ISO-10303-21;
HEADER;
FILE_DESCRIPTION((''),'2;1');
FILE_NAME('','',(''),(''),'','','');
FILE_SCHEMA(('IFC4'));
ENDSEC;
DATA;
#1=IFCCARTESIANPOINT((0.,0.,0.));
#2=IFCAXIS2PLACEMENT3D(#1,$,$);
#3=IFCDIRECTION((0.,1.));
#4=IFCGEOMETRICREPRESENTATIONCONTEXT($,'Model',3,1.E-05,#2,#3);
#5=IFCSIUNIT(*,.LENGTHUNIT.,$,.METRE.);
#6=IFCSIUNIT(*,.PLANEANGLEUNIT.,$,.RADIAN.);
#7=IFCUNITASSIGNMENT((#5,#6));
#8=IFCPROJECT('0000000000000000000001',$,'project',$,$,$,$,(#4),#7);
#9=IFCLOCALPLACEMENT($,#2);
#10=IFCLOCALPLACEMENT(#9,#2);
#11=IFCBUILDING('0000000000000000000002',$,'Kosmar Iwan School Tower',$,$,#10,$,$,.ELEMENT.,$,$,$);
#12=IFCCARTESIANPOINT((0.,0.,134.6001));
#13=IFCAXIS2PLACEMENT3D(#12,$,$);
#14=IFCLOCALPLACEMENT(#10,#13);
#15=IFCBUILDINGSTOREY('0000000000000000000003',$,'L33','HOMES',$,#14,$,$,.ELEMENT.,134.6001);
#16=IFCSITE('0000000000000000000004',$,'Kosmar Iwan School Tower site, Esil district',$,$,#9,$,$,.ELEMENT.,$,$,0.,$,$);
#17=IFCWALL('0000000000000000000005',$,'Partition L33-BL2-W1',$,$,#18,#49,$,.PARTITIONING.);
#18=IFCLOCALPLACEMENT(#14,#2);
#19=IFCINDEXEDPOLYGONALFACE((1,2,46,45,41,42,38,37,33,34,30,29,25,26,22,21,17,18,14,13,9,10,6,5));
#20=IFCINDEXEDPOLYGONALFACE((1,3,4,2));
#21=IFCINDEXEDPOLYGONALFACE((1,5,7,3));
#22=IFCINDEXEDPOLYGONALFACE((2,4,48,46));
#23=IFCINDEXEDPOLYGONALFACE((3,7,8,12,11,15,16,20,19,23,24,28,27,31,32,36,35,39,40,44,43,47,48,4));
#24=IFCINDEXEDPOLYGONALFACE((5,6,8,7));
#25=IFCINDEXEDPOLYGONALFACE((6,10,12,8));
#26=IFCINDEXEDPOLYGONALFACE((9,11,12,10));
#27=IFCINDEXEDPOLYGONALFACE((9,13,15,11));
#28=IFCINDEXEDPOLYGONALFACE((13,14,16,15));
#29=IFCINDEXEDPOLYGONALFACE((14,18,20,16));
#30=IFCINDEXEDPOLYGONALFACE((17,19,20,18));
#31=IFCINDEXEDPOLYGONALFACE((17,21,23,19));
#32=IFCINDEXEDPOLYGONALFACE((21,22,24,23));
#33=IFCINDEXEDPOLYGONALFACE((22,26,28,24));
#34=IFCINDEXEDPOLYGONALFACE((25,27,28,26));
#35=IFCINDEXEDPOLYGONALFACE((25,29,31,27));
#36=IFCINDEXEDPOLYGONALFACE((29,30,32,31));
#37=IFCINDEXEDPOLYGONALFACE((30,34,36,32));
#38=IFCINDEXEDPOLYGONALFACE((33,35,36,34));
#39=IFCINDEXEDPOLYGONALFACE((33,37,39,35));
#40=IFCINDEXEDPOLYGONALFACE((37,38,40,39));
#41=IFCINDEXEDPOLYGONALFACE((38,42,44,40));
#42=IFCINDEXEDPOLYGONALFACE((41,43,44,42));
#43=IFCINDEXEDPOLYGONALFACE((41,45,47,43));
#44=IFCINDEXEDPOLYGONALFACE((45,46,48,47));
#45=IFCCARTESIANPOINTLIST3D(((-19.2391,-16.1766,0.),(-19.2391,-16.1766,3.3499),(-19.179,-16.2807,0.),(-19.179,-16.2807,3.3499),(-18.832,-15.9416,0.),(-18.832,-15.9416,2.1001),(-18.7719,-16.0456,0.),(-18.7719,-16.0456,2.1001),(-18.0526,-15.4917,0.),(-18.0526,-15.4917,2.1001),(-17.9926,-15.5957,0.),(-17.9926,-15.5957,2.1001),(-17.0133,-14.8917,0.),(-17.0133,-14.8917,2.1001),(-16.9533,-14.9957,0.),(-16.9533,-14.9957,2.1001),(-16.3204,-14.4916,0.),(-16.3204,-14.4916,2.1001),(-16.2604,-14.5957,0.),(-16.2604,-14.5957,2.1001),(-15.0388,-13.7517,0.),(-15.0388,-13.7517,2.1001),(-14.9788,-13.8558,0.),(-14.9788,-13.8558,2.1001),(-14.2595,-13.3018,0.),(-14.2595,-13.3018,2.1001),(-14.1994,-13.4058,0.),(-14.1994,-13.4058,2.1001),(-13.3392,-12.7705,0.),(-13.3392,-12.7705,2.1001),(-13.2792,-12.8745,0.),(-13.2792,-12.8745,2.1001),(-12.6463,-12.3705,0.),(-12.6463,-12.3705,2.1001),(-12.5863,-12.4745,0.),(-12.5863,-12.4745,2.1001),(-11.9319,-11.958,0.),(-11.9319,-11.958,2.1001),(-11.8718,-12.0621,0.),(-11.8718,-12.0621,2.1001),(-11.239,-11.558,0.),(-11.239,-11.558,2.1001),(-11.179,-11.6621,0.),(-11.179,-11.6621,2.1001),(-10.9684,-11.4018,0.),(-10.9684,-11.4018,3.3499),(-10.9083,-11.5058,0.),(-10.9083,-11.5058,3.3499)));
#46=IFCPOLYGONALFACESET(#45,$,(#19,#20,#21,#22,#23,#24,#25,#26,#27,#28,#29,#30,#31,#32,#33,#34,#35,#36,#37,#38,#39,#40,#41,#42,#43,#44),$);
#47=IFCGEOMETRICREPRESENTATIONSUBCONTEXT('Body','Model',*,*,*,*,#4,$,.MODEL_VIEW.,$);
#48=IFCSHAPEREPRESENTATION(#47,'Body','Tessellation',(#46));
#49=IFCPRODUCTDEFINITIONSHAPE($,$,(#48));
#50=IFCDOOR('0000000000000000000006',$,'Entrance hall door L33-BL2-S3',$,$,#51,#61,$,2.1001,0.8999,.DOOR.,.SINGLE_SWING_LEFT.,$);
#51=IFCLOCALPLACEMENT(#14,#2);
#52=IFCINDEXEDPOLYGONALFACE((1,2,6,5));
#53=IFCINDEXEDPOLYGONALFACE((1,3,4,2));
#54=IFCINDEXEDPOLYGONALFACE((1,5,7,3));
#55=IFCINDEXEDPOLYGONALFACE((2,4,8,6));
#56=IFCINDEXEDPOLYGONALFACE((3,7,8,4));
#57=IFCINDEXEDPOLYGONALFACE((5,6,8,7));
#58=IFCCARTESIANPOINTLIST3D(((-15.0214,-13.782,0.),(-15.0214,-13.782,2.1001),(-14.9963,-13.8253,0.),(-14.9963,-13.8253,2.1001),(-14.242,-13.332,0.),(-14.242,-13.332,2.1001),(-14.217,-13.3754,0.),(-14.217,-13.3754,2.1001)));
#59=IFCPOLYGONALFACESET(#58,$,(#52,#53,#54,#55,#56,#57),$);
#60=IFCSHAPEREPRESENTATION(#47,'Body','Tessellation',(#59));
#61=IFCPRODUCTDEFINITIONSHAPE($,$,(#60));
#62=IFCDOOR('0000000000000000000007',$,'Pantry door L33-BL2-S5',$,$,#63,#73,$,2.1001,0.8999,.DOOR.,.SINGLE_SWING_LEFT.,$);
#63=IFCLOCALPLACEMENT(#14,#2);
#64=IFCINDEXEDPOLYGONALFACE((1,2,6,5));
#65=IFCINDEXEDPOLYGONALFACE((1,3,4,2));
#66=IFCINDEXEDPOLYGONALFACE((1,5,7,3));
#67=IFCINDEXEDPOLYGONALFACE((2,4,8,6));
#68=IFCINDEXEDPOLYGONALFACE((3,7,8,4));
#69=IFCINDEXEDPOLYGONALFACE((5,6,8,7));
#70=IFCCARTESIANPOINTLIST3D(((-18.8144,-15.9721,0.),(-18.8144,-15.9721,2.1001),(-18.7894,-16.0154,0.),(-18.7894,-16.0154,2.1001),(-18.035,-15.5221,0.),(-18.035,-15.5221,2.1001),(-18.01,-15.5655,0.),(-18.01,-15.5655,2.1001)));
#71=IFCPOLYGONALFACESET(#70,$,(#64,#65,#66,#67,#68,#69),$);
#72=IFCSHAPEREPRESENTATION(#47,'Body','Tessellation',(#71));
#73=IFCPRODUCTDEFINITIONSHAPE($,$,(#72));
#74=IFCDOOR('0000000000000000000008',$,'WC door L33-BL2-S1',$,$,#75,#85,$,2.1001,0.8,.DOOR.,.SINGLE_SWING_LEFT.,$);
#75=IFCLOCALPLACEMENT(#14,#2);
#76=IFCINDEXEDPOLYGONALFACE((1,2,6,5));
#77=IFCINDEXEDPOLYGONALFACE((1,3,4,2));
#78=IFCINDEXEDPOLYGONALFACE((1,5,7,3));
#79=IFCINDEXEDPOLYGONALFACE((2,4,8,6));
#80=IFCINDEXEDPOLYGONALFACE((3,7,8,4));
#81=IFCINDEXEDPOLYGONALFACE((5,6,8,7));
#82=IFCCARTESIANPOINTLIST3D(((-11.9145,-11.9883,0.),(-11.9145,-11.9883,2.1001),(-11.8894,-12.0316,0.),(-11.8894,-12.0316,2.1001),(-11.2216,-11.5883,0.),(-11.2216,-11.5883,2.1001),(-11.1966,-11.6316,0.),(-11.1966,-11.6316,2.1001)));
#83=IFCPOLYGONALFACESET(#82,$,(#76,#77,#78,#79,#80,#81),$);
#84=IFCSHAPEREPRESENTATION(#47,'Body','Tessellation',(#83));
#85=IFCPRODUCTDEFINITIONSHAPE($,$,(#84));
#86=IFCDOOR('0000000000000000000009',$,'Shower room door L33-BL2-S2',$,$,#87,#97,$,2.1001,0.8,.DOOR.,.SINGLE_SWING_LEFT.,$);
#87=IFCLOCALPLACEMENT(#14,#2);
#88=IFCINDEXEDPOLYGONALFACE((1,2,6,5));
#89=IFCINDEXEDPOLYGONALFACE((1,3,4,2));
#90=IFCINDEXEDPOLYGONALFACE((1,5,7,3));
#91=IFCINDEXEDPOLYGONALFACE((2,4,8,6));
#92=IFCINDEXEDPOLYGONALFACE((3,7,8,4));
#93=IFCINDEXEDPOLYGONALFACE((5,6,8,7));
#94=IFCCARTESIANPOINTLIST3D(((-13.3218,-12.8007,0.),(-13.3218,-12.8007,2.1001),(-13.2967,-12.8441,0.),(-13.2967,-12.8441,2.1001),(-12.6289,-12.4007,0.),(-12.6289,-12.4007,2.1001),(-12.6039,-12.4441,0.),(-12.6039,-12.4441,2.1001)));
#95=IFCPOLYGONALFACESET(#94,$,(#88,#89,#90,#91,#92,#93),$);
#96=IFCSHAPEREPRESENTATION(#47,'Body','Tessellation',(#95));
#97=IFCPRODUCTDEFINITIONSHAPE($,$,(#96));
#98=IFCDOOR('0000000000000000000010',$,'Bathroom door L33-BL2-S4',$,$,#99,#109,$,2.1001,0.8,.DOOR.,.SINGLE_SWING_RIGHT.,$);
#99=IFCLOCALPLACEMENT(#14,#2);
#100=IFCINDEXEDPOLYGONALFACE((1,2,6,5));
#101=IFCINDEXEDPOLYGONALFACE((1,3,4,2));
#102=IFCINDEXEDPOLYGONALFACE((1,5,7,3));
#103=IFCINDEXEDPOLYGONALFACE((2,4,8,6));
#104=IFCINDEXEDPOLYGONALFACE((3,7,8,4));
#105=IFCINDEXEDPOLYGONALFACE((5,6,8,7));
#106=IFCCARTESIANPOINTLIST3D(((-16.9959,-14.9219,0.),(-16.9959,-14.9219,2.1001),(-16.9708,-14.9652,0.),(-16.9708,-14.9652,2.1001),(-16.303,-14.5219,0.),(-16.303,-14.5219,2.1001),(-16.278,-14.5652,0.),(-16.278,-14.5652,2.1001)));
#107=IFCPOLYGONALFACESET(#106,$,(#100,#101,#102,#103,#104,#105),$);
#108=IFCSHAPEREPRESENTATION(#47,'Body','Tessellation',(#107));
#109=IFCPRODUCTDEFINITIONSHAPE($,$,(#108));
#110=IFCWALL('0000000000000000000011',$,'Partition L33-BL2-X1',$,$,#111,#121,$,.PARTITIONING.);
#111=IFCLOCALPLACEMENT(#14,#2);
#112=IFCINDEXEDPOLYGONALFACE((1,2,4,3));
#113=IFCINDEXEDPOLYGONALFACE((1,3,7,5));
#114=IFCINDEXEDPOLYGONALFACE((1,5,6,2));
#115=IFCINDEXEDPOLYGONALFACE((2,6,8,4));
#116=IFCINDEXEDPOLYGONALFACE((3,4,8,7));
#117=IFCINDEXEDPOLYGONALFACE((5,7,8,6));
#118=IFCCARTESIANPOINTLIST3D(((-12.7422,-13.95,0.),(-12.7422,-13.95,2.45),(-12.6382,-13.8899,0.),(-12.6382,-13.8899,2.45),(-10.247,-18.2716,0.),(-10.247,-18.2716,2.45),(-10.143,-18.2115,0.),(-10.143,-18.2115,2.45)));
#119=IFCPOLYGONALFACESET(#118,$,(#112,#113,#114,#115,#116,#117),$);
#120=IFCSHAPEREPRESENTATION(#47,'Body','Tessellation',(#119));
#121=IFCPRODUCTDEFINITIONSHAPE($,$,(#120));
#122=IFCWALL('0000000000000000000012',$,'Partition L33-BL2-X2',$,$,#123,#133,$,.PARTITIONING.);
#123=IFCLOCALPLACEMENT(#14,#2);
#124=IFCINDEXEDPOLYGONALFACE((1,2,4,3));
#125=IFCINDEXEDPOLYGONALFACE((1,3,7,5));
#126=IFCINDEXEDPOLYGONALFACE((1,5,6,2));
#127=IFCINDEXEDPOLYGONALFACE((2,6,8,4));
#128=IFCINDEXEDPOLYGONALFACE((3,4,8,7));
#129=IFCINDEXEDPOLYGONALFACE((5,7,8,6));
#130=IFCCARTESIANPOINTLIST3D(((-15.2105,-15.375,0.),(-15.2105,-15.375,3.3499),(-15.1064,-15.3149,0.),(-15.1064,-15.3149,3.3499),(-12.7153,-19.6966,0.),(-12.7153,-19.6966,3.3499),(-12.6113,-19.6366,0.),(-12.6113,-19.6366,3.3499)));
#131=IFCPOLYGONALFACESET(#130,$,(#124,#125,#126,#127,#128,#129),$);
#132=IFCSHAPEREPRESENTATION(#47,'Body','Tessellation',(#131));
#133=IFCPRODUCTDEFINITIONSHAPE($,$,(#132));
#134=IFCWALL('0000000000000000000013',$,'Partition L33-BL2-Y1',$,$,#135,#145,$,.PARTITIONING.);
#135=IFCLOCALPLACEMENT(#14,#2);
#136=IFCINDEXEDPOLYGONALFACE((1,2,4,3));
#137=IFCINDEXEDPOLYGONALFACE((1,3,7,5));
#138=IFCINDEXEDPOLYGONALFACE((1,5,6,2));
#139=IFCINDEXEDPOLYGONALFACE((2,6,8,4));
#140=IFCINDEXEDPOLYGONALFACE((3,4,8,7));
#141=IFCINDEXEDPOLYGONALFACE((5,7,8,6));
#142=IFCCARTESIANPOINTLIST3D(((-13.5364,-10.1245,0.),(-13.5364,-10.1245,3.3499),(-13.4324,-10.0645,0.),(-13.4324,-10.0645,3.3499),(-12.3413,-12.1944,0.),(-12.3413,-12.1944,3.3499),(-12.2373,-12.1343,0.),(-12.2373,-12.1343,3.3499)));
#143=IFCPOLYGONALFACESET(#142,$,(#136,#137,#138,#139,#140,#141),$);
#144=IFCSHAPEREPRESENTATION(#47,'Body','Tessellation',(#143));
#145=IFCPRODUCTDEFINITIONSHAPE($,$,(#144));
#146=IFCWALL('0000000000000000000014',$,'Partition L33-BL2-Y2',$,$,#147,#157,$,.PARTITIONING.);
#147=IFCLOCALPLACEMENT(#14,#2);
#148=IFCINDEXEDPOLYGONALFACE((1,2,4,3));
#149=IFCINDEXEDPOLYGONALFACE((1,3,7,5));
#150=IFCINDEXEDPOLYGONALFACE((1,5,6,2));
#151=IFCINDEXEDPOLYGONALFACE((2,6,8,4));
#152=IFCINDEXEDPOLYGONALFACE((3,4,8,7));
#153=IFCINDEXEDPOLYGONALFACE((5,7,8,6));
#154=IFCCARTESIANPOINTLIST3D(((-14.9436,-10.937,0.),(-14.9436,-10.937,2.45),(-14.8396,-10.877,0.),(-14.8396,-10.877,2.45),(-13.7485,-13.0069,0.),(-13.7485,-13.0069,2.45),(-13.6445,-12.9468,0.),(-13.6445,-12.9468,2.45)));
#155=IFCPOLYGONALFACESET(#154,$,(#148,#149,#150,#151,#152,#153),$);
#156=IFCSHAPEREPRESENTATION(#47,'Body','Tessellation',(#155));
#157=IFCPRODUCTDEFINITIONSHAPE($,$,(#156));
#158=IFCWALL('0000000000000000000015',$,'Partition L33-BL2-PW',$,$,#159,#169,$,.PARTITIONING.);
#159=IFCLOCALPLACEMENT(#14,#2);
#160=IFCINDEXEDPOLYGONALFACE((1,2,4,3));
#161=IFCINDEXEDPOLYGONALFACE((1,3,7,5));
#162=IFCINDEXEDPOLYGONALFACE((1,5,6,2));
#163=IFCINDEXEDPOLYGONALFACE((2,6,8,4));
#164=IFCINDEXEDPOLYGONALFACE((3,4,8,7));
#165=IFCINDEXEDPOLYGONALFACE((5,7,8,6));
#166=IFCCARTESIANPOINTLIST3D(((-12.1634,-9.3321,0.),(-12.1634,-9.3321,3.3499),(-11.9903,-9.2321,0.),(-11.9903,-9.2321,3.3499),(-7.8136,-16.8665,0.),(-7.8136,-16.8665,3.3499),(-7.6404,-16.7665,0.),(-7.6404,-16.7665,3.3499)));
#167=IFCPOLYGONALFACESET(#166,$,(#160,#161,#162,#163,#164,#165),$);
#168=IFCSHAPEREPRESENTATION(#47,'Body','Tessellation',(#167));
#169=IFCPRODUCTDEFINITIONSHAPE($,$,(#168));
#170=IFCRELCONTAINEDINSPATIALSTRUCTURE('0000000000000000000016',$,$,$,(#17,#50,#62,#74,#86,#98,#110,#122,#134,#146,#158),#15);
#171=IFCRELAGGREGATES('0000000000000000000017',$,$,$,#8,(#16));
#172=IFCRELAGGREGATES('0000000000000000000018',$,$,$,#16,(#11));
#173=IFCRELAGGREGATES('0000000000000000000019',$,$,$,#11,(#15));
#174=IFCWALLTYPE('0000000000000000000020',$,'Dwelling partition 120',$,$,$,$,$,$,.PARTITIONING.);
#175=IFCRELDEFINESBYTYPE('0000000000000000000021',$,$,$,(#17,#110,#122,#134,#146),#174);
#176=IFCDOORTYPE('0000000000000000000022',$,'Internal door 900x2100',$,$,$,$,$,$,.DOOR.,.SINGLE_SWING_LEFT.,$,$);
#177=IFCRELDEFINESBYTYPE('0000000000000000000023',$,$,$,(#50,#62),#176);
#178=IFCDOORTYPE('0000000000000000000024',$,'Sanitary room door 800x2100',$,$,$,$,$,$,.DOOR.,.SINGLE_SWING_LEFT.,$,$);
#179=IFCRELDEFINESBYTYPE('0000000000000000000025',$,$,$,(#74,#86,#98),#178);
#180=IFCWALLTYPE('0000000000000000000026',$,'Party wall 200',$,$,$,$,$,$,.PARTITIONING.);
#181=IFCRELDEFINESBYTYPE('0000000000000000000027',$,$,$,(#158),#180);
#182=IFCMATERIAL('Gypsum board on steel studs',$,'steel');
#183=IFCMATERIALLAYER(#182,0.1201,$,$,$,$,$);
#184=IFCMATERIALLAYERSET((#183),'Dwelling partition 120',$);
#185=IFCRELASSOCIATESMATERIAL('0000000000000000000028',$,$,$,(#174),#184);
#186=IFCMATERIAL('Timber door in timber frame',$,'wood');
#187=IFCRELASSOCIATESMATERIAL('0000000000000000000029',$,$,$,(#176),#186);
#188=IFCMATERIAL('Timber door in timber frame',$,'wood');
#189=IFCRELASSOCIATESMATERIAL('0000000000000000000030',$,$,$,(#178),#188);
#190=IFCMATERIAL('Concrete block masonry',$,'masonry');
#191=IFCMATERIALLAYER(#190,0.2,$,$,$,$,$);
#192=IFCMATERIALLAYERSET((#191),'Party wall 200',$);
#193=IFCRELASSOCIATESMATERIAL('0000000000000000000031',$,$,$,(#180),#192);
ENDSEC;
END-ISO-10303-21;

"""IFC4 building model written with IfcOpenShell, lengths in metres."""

from ifc_helpers import new_model, si_unit, direction, frame, frame_2d, origin, place, context, subcontext, project, spatial, rectangle, extrude, material, layer, layer_set, type_object, element, fill, save


model = new_model("IFC4")

# Units and contexts
model_context = context("Model", 3, precision=1e-05, world=origin(), true_north=direction((0.0, 1.0)))
body_context = subcontext(model_context, "Body", "Model", "MODEL_VIEW")
ifc_project = project(units=[si_unit("LENGTHUNIT", "METRE"), si_unit("PLANEANGLEUNIT", "RADIAN")], contexts=[model_context])

# Site, building, storey
site_placement = place(None, origin())
site = spatial("IfcSite", under=ifc_project, at=site_placement, Name="Kosmar Iwan School Tower site, Esil district", CompositionType="ELEMENT", RefElevation=0.0)
building_placement = place(site_placement, origin())
building = spatial("IfcBuilding", under=site, at=building_placement, Name="Kosmar Iwan School Tower", CompositionType="ELEMENT")
storey_placement = place(building_placement, frame((0.0, 0.0, 134.6001)))
storey = spatial("IfcBuildingStorey", under=building, at=storey_placement, Name="L33", Description="HOMES", CompositionType="ELEMENT", Elevation=134.6001)

# Wall, openings, doors
ifc_material_1 = material(Name="Gypsum board on steel studs", Category="steel")
ifc_layer_1 = layer(ifc_material_1, 0.1201)
ifc_layer_set_1 = layer_set([ifc_layer_1], Name="Dwelling partition 120")
wall_type_1 = type_object("IfcWallType", Name="Dwelling partition 120", PredefinedType="PARTITIONING", material=ifc_layer_set_1)
wall_1_placement = place(storey_placement, frame((-10.9385, -11.4539, 0.0), z_axis=(0.0, 0.0, 1.0), x_axis=(-0.866035, -0.499983, 0.0)))
wall_1 = element("IfcWall", 1, at=wall_1_placement, inside=storey, type_object=wall_type_1, Name="Partition L33-BL2-W1", PredefinedType="PARTITIONING", context=body_context, shape_type="SweptSolid", body=[
    extrude(rectangle(XDim=9.55, YDim=0.1201, at=frame_2d((4.7749, 0.0))), origin(), (0.0, 0.0, 1.0), 3.3499),
])
opening_1_placement = place(wall_1_placement, frame((0.3125, 0.0, 0.0)))
opening_1 = element("IfcOpeningElement", 2, at=opening_1_placement, cuts=wall_1, PredefinedType="OPENING", context=body_context, shape_type="SweptSolid", body=[
    extrude(rectangle(XDim=0.8, YDim=2.1001, at=frame_2d((0.3999, 1.05))), frame((0.0, 0.072, 0.0), z_axis=(0.0, -1.0, 0.0), x_axis=(1.0, 0.0, 0.0)), (0.0, 0.0, 1.0), 0.144),
])
opening_2_placement = place(wall_1_placement, frame((1.9375, 0.0, 0.0)))
opening_2 = element("IfcOpeningElement", 3, at=opening_2_placement, cuts=wall_1, PredefinedType="OPENING", context=body_context, shape_type="SweptSolid", body=[
    extrude(rectangle(XDim=0.8, YDim=2.1001, at=frame_2d((0.3999, 1.05))), frame((0.0, 0.072, 0.0), z_axis=(0.0, -1.0, 0.0), x_axis=(1.0, 0.0, 0.0)), (0.0, 0.0, 1.0), 0.144),
])
opening_3_placement = place(wall_1_placement, frame((3.8, 0.0, 0.0)))
opening_3 = element("IfcOpeningElement", 4, at=opening_3_placement, cuts=wall_1, PredefinedType="OPENING", context=body_context, shape_type="SweptSolid", body=[
    extrude(rectangle(XDim=0.8999, YDim=2.1001, at=frame_2d((0.45, 1.05))), frame((0.0, 0.072, 0.0), z_axis=(0.0, -1.0, 0.0), x_axis=(1.0, 0.0, 0.0)), (0.0, 0.0, 1.0), 0.144),
])
opening_4_placement = place(wall_1_placement, frame((6.1799, 0.0, 0.0)))
opening_4 = element("IfcOpeningElement", 5, at=opening_4_placement, cuts=wall_1, PredefinedType="OPENING", context=body_context, shape_type="SweptSolid", body=[
    extrude(rectangle(XDim=0.8, YDim=2.1001, at=frame_2d((0.3999, 1.05))), frame((0.0, 0.072, 0.0), z_axis=(0.0, -1.0, 0.0), x_axis=(1.0, 0.0, 0.0)), (0.0, 0.0, 1.0), 0.144),
])
opening_5_placement = place(wall_1_placement, frame((8.1799, 0.0, 0.0)))
opening_5 = element("IfcOpeningElement", 6, at=opening_5_placement, cuts=wall_1, PredefinedType="OPENING", context=body_context, shape_type="SweptSolid", body=[
    extrude(rectangle(XDim=0.8999, YDim=2.1001, at=frame_2d((0.45, 1.05))), frame((0.0, 0.072, 0.0), z_axis=(0.0, -1.0, 0.0), x_axis=(1.0, 0.0, 0.0)), (0.0, 0.0, 1.0), 0.144),
])
ifc_material_2 = material(Name="Timber door in timber frame", Category="wood")
door_type_1 = type_object("IfcDoorType", Name="Internal door 900x2100", OperationType="SINGLE_SWING_LEFT", PredefinedType="DOOR", material=ifc_material_2)
door_1_placement = place(opening_3_placement, origin())
door_1 = element("IfcDoor", 7, at=door_1_placement, inside=storey, type_object=door_type_1, Name="Entrance hall door L33-BL2-S3", OperationType="SINGLE_SWING_LEFT", OverallHeight=2.1001, OverallWidth=0.8999, PredefinedType="DOOR", context=body_context, shape_type="SweptSolid", body=[
    extrude(rectangle(XDim=0.8999, YDim=2.1001, at=frame_2d((0.45, 1.05))), frame((0.0, 0.0249, 0.0), z_axis=(0.0, -1.0, 0.0), x_axis=(1.0, 0.0, 0.0)), (0.0, 0.0, 1.0), 0.05),
])
fill(opening_3, door_1)
door_2_placement = place(opening_5_placement, frame((0.8999, 0.0, 0.0), z_axis=(0.0, 0.0, 1.0), x_axis=(-1.0, 0.0, 0.0)))
door_2 = element("IfcDoor", 8, at=door_2_placement, inside=storey, type_object=door_type_1, Name="Pantry door L33-BL2-S5", OperationType="SINGLE_SWING_LEFT", OverallHeight=2.1001, OverallWidth=0.8999, PredefinedType="DOOR", context=body_context, shape_type="SweptSolid", body=[
    extrude(rectangle(XDim=0.8999, YDim=2.1001, at=frame_2d((0.45, 1.05))), frame((0.0, 0.0249, 0.0), z_axis=(0.0, -1.0, 0.0), x_axis=(1.0, 0.0, 0.0)), (0.0, 0.0, 1.0), 0.05),
])
fill(opening_5, door_2)
ifc_material_3 = material(Name="Timber door in timber frame", Category="wood")
door_type_2 = type_object("IfcDoorType", Name="Sanitary room door 800x2100", OperationType="SINGLE_SWING_LEFT", PredefinedType="DOOR", material=ifc_material_3)
door_3_placement = place(opening_1_placement, origin())
door_3 = element("IfcDoor", 9, at=door_3_placement, inside=storey, type_object=door_type_2, Name="WC door L33-BL2-S1", OperationType="SINGLE_SWING_LEFT", OverallHeight=2.1001, OverallWidth=0.8, PredefinedType="DOOR", context=body_context, shape_type="SweptSolid", body=[
    extrude(rectangle(XDim=0.8, YDim=2.1001, at=frame_2d((0.3999, 1.05))), frame((0.0, 0.0249, 0.0), z_axis=(0.0, -1.0, 0.0), x_axis=(1.0, 0.0, 0.0)), (0.0, 0.0, 1.0), 0.05),
])
fill(opening_1, door_3)
door_4_placement = place(opening_2_placement, origin())
door_4 = element("IfcDoor", 10, at=door_4_placement, inside=storey, type_object=door_type_2, Name="Shower room door L33-BL2-S2", OperationType="SINGLE_SWING_LEFT", OverallHeight=2.1001, OverallWidth=0.8, PredefinedType="DOOR", context=body_context, shape_type="SweptSolid", body=[
    extrude(rectangle(XDim=0.8, YDim=2.1001, at=frame_2d((0.3999, 1.05))), frame((0.0, 0.0249, 0.0), z_axis=(0.0, -1.0, 0.0), x_axis=(1.0, 0.0, 0.0)), (0.0, 0.0, 1.0), 0.05),
])
fill(opening_2, door_4)
door_5_placement = place(opening_4_placement, origin())
door_5 = element("IfcDoor", 11, at=door_5_placement, inside=storey, type_object=door_type_2, Name="Bathroom door L33-BL2-S4", OperationType="SINGLE_SWING_RIGHT", OverallHeight=2.1001, OverallWidth=0.8, PredefinedType="DOOR", context=body_context, shape_type="SweptSolid", body=[
    extrude(rectangle(XDim=0.8, YDim=2.1001, at=frame_2d((0.3999, 1.05))), frame((0.0, 0.0249, 0.0), z_axis=(0.0, -1.0, 0.0), x_axis=(1.0, 0.0, 0.0)), (0.0, 0.0, 1.0), 0.05),
])
fill(opening_4, door_5)

# Walls
wall_2_placement = place(storey_placement, frame((-12.6902, -13.9199, 0.0), z_axis=(0.0, 0.0, 1.0), x_axis=(0.500012, -0.866019, 0.0)))
element("IfcWall", 12, at=wall_2_placement, inside=storey, type_object=wall_type_1, Name="Partition L33-BL2-X1", PredefinedType="PARTITIONING", context=body_context, shape_type="SweptSolid", body=[
    extrude(rectangle(XDim=4.9902, YDim=0.1201, at=frame_2d((2.4951, 0.0))), origin(), (0.0, 0.0, 1.0), 2.45),
])
wall_3_placement = place(storey_placement, frame((-15.1584, -15.345, 0.0), z_axis=(0.0, 0.0, 1.0), x_axis=(0.500012, -0.866019, 0.0)))
element("IfcWall", 13, at=wall_3_placement, inside=storey, type_object=wall_type_1, Name="Partition L33-BL2-X2", PredefinedType="PARTITIONING", context=body_context, shape_type="SweptSolid", body=[
    extrude(rectangle(XDim=4.9902, YDim=0.1201, at=frame_2d((2.4951, 0.0))), origin(), (0.0, 0.0, 1.0), 3.3499),
])
wall_4_placement = place(storey_placement, frame((-13.4844, -10.0945, 0.0), z_axis=(0.0, 0.0, 1.0), x_axis=(0.500017, -0.866015, 0.0)))
element("IfcWall", 14, at=wall_4_placement, inside=storey, type_object=wall_type_1, Name="Partition L33-BL2-Y1", PredefinedType="PARTITIONING", context=body_context, shape_type="SweptSolid", body=[
    extrude(rectangle(XDim=2.3901, YDim=0.1201, at=frame_2d((1.1951, 0.0))), origin(), (0.0, 0.0, 1.0), 3.3499),
])
wall_5_placement = place(storey_placement, frame((-14.8916, -10.907, 0.0), z_axis=(0.0, 0.0, 1.0), x_axis=(0.500017, -0.866015, 0.0)))
element("IfcWall", 15, at=wall_5_placement, inside=storey, type_object=wall_type_1, Name="Partition L33-BL2-Y2", PredefinedType="PARTITIONING", context=body_context, shape_type="SweptSolid", body=[
    extrude(rectangle(XDim=2.3901, YDim=0.1201, at=frame_2d((1.1951, 0.0))), origin(), (0.0, 0.0, 1.0), 2.45),
])
ifc_material_4 = material(Name="Concrete block masonry", Category="masonry")
ifc_layer_2 = layer(ifc_material_4, 0.2)
ifc_layer_set_2 = layer_set([ifc_layer_2], Name="Party wall 200")
wall_type_2 = type_object("IfcWallType", Name="Party wall 200", PredefinedType="PARTITIONING", material=ifc_layer_set_2)
wall_6_placement = place(storey_placement, frame((-12.0769, -9.282, 0.0), z_axis=(0.0, 0.0, 1.0), x_axis=(0.499987, -0.866033, 0.0)))
element("IfcWall", 16, at=wall_6_placement, inside=storey, type_object=wall_type_2, Name="Partition L33-BL2-PW", PredefinedType="PARTITIONING", context=body_context, shape_type="SweptSolid", body=[
    extrude(rectangle(XDim=8.7, YDim=0.2, at=frame_2d((4.3501, 0.0))), origin(), (0.0, 0.0, 1.0), 3.3499),
])

save(model, "model.ifc")
